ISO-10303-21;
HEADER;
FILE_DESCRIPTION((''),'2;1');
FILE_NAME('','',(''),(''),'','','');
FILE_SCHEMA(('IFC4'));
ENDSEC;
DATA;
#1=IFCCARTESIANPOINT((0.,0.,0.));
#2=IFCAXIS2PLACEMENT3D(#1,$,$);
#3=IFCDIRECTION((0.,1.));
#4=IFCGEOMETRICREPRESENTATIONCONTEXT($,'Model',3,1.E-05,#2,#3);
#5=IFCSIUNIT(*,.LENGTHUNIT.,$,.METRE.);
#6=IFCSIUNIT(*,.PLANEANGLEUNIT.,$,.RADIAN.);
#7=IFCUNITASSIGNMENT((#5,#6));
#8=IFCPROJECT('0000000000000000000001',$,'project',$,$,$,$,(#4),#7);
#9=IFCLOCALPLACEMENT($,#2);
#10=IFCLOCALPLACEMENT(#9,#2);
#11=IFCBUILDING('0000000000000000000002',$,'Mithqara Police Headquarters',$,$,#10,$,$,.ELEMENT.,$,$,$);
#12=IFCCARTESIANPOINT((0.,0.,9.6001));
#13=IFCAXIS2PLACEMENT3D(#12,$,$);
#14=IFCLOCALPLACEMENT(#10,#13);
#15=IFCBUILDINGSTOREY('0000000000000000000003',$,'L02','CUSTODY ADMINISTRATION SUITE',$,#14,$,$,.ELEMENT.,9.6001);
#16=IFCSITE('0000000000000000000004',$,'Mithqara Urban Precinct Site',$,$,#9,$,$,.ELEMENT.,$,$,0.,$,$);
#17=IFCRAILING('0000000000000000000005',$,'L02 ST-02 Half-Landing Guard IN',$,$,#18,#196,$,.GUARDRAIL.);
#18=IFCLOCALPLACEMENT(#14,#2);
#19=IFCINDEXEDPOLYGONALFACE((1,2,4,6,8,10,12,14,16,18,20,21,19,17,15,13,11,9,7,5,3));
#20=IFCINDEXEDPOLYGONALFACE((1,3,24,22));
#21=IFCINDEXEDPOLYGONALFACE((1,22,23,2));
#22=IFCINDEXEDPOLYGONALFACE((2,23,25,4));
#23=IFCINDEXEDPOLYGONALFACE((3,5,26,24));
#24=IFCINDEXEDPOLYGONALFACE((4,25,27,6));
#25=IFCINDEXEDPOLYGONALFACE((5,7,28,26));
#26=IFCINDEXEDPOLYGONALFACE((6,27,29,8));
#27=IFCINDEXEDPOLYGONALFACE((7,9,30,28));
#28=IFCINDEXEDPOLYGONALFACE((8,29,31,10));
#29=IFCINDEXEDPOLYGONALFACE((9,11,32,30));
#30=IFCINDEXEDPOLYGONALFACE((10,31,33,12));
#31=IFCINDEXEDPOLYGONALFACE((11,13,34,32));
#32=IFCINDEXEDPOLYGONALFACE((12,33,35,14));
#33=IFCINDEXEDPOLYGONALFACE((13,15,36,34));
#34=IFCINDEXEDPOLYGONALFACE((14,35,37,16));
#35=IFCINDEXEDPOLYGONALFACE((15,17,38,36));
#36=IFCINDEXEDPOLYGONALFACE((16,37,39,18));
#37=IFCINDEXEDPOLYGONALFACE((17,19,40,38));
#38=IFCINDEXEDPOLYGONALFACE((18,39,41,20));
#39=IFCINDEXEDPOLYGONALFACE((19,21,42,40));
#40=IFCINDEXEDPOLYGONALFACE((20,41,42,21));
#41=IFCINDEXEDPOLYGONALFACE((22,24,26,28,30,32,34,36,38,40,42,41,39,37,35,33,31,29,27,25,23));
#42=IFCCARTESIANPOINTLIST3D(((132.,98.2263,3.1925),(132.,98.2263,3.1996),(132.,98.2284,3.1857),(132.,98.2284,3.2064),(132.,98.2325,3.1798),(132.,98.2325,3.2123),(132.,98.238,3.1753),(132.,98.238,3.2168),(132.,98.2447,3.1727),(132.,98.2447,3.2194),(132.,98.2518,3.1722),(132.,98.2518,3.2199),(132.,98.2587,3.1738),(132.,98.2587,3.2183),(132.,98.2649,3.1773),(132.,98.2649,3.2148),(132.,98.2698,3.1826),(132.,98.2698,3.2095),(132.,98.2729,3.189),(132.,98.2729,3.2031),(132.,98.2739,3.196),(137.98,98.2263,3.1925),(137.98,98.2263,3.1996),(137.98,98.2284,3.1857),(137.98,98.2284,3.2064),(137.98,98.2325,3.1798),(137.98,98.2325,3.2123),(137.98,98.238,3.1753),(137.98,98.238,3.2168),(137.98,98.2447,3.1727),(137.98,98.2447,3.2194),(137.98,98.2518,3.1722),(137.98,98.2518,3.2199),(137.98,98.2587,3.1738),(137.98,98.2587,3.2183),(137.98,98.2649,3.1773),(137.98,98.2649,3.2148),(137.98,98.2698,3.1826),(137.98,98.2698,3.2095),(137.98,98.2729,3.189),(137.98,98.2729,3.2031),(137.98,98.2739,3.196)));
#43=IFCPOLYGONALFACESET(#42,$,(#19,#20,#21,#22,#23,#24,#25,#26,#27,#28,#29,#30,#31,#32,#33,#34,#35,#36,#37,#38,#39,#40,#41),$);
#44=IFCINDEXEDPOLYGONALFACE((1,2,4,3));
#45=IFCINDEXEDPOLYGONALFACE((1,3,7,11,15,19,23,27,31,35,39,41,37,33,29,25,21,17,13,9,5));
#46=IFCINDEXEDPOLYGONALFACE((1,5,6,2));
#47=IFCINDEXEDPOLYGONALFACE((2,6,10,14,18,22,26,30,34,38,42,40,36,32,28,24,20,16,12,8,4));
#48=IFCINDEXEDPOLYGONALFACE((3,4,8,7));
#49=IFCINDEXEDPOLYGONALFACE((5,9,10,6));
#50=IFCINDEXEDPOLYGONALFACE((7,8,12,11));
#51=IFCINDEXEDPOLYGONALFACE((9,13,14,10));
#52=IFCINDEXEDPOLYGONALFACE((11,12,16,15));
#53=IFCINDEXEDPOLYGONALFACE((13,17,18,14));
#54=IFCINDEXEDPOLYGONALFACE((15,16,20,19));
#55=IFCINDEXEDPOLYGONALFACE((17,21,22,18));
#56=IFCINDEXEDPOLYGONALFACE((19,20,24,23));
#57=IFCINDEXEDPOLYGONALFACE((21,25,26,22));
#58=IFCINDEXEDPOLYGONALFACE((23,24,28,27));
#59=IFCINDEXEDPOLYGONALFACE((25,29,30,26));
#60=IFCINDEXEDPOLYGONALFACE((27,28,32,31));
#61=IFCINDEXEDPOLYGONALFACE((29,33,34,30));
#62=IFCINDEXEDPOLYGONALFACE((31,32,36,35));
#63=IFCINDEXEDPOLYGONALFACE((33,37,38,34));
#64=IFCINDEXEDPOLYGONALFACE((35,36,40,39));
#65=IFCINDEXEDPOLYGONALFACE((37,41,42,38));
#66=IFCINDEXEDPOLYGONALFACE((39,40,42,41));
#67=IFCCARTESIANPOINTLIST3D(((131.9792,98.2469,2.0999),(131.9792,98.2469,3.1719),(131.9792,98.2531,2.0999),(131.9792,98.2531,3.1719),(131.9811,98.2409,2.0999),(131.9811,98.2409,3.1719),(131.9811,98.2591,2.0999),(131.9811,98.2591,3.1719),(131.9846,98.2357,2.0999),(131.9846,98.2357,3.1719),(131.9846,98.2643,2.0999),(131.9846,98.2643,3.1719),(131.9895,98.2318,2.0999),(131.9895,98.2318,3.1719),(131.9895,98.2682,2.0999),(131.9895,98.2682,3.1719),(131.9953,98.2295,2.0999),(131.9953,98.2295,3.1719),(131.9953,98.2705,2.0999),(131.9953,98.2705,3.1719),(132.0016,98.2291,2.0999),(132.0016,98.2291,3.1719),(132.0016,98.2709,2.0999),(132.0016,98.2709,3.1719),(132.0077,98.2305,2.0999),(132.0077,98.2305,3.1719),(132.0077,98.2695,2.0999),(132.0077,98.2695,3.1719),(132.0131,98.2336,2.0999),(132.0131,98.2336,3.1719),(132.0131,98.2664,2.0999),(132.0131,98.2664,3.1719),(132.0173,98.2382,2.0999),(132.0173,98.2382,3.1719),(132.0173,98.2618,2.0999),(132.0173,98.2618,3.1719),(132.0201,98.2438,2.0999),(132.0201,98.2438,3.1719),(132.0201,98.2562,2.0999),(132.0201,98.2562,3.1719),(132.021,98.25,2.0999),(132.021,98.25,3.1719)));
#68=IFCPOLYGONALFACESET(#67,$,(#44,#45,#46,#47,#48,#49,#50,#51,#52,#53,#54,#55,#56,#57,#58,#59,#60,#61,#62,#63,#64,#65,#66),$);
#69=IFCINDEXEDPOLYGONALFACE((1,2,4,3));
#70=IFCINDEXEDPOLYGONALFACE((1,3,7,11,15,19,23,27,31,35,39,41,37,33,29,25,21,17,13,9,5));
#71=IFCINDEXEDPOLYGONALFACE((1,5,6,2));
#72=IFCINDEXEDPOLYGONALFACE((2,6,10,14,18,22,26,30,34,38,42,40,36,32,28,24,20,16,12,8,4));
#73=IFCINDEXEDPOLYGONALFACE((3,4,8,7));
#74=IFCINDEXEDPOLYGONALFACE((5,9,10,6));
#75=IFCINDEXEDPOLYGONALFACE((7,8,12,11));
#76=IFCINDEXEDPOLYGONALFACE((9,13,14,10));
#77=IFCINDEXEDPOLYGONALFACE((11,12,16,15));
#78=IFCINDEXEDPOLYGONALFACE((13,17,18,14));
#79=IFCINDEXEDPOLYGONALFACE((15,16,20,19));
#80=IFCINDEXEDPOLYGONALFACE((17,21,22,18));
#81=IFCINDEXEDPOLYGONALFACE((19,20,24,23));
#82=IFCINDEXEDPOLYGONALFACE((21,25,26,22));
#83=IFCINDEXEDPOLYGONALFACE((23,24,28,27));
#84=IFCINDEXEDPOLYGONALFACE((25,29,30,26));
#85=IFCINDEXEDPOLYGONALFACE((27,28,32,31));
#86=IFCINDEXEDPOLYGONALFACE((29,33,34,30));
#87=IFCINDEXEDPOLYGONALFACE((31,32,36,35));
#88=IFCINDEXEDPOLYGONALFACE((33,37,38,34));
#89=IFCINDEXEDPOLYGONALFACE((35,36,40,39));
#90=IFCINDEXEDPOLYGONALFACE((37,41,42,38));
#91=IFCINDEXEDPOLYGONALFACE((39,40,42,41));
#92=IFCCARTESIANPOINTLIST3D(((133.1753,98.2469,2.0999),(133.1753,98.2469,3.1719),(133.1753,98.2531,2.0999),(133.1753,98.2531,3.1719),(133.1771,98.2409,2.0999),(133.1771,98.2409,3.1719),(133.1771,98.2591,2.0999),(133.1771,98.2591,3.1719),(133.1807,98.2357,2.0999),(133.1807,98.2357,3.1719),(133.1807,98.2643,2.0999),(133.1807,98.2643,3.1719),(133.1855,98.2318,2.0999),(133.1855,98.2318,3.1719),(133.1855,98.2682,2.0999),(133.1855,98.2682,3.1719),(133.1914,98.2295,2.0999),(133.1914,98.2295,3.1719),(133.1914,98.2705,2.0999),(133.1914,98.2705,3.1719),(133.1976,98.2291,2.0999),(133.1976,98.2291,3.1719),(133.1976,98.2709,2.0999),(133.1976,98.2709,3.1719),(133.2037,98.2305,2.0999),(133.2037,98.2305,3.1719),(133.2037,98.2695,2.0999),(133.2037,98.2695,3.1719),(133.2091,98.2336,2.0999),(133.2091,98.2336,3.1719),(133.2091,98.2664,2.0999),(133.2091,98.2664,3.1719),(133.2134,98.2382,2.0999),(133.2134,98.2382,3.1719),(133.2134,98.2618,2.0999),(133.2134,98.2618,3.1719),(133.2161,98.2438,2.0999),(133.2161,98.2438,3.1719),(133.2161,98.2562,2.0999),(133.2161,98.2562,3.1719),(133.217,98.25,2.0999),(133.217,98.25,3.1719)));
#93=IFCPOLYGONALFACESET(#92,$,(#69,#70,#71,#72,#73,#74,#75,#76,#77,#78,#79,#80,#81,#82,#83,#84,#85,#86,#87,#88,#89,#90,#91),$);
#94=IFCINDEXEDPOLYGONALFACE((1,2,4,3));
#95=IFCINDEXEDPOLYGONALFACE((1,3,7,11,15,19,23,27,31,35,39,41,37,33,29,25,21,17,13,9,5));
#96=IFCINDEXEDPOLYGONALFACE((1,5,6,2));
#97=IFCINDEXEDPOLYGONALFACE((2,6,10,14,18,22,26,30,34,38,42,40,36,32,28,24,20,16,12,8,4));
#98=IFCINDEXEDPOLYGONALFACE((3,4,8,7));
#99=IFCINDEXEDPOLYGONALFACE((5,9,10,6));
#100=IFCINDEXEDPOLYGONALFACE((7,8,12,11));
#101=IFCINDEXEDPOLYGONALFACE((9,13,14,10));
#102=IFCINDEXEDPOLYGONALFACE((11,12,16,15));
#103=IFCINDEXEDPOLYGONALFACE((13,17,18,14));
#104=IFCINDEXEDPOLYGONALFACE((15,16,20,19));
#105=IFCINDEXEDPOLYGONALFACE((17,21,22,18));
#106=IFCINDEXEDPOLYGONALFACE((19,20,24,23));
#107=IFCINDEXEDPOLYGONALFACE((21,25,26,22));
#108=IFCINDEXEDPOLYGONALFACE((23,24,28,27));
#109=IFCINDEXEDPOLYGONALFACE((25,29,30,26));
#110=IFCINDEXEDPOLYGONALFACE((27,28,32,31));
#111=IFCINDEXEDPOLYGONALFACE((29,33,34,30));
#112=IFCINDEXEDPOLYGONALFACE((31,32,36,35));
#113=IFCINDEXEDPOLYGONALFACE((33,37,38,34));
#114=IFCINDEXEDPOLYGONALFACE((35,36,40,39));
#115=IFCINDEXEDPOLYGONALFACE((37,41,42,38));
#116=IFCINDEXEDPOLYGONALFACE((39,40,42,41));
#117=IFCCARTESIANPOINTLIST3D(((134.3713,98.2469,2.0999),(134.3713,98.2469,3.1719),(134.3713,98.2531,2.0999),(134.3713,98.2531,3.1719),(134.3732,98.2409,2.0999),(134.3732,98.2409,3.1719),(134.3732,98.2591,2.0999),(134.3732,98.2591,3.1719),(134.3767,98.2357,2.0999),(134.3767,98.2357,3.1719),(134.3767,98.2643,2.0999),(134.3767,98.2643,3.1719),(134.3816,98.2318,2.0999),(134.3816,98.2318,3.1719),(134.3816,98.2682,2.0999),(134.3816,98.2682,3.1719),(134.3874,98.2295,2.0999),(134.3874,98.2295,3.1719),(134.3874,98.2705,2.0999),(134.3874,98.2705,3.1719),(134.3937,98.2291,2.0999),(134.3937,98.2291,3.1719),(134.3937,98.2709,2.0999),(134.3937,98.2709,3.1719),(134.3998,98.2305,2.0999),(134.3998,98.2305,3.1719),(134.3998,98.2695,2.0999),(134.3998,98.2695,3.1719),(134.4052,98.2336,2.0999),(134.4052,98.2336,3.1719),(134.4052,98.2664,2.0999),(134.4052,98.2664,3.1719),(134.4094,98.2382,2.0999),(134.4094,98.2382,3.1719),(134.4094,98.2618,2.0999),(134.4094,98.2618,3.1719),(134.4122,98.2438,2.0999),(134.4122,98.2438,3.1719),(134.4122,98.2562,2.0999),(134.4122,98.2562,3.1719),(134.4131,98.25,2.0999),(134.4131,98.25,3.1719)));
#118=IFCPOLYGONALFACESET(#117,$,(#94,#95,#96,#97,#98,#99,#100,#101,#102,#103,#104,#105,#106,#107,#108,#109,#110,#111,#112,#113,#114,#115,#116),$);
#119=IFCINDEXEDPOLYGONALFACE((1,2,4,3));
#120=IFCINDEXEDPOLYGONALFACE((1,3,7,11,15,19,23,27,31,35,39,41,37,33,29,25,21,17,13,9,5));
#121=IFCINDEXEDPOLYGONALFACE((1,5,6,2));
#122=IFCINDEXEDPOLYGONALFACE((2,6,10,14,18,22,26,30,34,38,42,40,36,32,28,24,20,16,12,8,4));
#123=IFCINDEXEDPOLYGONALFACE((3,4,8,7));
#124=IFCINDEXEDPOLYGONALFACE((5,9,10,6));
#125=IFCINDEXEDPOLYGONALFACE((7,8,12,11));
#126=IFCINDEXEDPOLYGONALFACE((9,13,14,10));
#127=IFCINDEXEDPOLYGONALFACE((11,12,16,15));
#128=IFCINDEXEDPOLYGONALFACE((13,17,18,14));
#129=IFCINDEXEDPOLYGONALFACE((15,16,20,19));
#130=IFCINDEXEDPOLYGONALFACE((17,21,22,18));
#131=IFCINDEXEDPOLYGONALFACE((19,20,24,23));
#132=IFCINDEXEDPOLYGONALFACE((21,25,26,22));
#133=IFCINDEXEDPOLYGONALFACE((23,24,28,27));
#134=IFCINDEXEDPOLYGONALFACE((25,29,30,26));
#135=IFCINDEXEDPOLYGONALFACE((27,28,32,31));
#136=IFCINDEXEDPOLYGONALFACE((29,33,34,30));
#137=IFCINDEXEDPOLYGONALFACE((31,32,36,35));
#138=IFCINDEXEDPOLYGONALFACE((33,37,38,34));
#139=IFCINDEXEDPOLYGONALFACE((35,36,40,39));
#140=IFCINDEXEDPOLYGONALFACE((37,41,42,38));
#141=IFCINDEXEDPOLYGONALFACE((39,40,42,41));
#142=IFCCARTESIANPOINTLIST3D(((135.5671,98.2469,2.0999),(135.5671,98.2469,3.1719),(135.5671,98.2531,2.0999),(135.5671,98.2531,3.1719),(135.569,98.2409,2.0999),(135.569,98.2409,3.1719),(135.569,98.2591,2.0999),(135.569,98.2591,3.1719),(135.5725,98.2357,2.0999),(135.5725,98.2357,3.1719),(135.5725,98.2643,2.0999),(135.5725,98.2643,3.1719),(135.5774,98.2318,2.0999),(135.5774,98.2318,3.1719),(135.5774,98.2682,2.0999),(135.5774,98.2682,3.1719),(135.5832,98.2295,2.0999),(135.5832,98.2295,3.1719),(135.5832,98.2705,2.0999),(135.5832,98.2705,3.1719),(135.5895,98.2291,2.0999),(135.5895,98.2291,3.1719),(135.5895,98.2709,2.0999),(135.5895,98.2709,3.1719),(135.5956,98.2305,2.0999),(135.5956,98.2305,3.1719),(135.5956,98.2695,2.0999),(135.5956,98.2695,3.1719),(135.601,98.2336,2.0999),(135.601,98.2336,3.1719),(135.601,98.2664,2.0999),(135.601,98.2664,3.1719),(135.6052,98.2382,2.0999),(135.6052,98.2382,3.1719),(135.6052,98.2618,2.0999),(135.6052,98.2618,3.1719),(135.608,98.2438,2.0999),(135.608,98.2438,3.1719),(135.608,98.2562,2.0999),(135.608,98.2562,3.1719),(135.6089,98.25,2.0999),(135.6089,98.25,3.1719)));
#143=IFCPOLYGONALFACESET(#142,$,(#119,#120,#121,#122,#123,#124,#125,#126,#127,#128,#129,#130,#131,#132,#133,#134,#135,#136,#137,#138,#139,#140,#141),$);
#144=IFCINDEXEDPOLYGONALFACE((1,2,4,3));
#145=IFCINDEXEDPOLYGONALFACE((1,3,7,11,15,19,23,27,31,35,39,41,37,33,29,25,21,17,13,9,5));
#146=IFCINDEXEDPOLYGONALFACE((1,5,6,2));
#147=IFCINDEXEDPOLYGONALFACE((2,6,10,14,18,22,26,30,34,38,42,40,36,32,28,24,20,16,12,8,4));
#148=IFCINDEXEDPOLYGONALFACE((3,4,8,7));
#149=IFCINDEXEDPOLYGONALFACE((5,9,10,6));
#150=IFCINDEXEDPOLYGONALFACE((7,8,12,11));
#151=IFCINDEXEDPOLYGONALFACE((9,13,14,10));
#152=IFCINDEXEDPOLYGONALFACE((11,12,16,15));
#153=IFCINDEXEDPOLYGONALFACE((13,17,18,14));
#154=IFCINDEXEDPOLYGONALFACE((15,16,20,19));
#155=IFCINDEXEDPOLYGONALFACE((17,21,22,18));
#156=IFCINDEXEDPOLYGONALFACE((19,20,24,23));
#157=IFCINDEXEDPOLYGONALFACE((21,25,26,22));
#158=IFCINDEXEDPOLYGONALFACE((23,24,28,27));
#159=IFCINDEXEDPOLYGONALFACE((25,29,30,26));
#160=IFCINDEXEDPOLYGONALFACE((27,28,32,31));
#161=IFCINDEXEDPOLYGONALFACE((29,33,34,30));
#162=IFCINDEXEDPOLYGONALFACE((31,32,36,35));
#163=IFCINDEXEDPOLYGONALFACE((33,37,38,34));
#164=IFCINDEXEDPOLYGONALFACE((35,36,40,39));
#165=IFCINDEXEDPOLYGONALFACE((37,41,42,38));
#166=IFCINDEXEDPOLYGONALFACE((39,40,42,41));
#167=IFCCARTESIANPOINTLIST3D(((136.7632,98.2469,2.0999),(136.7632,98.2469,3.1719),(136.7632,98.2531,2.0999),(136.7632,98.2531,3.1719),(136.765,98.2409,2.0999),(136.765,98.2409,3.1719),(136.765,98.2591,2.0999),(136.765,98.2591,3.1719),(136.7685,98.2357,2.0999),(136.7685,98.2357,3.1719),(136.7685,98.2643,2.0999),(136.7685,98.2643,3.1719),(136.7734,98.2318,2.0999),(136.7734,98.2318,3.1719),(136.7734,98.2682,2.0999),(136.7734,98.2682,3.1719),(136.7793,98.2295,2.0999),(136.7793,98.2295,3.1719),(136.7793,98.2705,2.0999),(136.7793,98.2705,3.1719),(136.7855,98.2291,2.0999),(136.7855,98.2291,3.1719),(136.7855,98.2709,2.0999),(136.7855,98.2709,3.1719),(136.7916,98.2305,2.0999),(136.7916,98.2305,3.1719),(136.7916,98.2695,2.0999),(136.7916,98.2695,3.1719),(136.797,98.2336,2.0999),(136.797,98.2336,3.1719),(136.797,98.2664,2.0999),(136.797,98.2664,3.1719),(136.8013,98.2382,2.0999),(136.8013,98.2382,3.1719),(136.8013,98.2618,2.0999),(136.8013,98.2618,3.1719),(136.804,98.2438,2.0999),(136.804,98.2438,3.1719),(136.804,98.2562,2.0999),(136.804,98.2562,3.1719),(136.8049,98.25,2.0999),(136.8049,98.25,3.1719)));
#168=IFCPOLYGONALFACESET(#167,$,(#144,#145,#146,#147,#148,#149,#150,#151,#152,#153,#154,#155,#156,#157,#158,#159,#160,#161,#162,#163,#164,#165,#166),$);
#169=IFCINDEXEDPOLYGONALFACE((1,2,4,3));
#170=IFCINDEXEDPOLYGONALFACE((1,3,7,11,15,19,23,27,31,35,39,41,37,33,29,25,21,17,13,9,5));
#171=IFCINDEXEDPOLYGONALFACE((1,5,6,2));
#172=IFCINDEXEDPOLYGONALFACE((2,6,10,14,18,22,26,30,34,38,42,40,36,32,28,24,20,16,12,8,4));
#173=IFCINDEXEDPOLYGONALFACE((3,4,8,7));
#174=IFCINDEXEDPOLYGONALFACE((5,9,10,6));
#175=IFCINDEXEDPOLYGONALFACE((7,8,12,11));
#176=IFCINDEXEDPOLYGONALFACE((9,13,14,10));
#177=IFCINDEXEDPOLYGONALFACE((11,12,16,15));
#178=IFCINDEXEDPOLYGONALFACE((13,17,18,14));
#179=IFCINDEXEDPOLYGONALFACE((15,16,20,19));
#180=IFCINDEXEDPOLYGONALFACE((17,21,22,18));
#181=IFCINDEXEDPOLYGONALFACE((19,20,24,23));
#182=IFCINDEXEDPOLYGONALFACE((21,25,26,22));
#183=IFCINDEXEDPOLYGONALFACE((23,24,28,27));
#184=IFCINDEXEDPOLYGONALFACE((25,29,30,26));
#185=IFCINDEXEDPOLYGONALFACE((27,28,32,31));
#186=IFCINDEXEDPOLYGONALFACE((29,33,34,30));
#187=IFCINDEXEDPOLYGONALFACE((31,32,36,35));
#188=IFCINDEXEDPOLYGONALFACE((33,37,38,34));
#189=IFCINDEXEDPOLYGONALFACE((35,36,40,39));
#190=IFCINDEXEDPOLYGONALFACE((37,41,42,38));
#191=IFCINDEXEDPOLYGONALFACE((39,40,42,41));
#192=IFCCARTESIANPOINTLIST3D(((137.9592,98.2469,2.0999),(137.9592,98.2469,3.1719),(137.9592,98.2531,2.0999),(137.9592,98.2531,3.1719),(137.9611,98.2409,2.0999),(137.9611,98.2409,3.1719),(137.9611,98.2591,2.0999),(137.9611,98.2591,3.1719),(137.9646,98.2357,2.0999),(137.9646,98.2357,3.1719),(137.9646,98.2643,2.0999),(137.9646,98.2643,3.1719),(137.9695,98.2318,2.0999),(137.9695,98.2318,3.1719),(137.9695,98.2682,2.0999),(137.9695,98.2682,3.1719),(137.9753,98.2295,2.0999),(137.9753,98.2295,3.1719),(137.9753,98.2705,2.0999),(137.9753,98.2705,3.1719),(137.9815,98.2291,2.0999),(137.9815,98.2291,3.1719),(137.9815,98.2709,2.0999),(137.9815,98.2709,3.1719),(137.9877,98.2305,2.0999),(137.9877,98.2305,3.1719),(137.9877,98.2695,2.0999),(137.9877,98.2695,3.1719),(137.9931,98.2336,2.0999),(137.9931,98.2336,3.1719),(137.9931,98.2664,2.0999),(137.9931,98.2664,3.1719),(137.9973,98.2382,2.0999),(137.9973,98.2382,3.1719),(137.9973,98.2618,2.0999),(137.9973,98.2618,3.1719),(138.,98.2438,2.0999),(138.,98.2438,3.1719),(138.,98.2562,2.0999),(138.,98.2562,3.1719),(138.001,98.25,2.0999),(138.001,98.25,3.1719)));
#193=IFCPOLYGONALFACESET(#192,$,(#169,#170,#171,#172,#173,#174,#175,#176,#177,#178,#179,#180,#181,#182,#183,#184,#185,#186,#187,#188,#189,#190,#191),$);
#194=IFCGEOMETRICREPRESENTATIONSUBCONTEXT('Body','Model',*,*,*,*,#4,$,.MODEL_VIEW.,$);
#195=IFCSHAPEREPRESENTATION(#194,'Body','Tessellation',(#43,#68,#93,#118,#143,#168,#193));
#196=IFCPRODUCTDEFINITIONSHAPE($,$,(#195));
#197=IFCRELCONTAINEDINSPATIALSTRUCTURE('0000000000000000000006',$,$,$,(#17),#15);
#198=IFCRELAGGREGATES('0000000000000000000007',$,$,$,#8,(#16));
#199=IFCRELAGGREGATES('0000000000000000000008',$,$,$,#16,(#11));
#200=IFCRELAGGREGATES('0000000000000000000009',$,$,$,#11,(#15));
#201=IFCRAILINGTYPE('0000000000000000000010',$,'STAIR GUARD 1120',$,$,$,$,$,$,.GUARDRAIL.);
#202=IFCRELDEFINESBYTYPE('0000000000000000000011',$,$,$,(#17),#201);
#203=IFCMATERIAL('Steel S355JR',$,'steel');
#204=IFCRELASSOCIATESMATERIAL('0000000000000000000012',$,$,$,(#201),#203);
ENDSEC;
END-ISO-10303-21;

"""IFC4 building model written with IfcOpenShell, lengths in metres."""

from ifc_helpers import new_model, si_unit, direction, frame, origin, origin_2d, place, context, subcontext, project, spatial, circle, extrude, material, type_object, element, save


model = new_model("IFC4")

# Units and contexts
model_context = context("Model", 3, precision=1e-05, world=origin(), true_north=direction((0.0, 1.0)))
body_context = subcontext(model_context, "Body", "Model", "MODEL_VIEW")
ifc_project = project(units=[si_unit("LENGTHUNIT", "METRE"), si_unit("PLANEANGLEUNIT", "RADIAN")], contexts=[model_context])

# Site, building, storey
site_placement = place(None, origin())
site = spatial("IfcSite", under=ifc_project, at=site_placement, Name="Mithqara Urban Precinct Site", CompositionType="ELEMENT", RefElevation=0.0)
building_placement = place(site_placement, origin())
building = spatial("IfcBuilding", under=site, at=building_placement, Name="Mithqara Police Headquarters", CompositionType="ELEMENT")
storey_placement = place(building_placement, frame((0.0, 0.0, 9.6001)))
storey = spatial("IfcBuildingStorey", under=building, at=storey_placement, Name="L02", Description="CUSTODY ADMINISTRATION SUITE", CompositionType="ELEMENT", Elevation=9.6001)

# Shared definitions
ifc_material_1 = material(Name="Steel S355JR", Category="steel")

# Railing
railing_type_1 = type_object("IfcRailingType", Name="STAIR GUARD 1120", PredefinedType="GUARDRAIL", material=ifc_material_1)
for number, where, name in (
    (1, (132.0, 98.25, 2.0999), "L02 ST-02 Half-Landing Guard IN"),
):
    element("IfcRailing", number, at=place(storey_placement, frame(where)), inside=storey, type_object=railing_type_1, Name=name, PredefinedType="GUARDRAIL", context=body_context, shape_type="SweptSolid", body=[
        extrude(circle(Radius=0.0239, at=origin_2d()), frame((0.0, 0.0, 1.0962), z_axis=(1.0, 0.0, 0.0), x_axis=(0.0, 1.0, 0.0)), (0.0, 0.0, 1.0), 5.98),
        extrude(circle(Radius=0.021, at=origin_2d()), origin(), (0.0, 0.0, 1.0), 1.072),
        extrude(circle(Radius=0.021, at=origin_2d()), frame((1.196, 0.0, 0.0)), (0.0, 0.0, 1.0), 1.072),
        extrude(circle(Radius=0.021, at=origin_2d()), frame((2.3921, 0.0, 0.0)), (0.0, 0.0, 1.0), 1.072),
        extrude(circle(Radius=0.021, at=origin_2d()), frame((3.5879, 0.0, 0.0)), (0.0, 0.0, 1.0), 1.072),
        extrude(circle(Radius=0.021, at=origin_2d()), frame((4.7839, 0.0, 0.0)), (0.0, 0.0, 1.0), 1.072),
        extrude(circle(Radius=0.021, at=origin_2d()), frame((5.98, 0.0, 0.0)), (0.0, 0.0, 1.0), 1.072),
    ])

save(model, "model.ifc")
